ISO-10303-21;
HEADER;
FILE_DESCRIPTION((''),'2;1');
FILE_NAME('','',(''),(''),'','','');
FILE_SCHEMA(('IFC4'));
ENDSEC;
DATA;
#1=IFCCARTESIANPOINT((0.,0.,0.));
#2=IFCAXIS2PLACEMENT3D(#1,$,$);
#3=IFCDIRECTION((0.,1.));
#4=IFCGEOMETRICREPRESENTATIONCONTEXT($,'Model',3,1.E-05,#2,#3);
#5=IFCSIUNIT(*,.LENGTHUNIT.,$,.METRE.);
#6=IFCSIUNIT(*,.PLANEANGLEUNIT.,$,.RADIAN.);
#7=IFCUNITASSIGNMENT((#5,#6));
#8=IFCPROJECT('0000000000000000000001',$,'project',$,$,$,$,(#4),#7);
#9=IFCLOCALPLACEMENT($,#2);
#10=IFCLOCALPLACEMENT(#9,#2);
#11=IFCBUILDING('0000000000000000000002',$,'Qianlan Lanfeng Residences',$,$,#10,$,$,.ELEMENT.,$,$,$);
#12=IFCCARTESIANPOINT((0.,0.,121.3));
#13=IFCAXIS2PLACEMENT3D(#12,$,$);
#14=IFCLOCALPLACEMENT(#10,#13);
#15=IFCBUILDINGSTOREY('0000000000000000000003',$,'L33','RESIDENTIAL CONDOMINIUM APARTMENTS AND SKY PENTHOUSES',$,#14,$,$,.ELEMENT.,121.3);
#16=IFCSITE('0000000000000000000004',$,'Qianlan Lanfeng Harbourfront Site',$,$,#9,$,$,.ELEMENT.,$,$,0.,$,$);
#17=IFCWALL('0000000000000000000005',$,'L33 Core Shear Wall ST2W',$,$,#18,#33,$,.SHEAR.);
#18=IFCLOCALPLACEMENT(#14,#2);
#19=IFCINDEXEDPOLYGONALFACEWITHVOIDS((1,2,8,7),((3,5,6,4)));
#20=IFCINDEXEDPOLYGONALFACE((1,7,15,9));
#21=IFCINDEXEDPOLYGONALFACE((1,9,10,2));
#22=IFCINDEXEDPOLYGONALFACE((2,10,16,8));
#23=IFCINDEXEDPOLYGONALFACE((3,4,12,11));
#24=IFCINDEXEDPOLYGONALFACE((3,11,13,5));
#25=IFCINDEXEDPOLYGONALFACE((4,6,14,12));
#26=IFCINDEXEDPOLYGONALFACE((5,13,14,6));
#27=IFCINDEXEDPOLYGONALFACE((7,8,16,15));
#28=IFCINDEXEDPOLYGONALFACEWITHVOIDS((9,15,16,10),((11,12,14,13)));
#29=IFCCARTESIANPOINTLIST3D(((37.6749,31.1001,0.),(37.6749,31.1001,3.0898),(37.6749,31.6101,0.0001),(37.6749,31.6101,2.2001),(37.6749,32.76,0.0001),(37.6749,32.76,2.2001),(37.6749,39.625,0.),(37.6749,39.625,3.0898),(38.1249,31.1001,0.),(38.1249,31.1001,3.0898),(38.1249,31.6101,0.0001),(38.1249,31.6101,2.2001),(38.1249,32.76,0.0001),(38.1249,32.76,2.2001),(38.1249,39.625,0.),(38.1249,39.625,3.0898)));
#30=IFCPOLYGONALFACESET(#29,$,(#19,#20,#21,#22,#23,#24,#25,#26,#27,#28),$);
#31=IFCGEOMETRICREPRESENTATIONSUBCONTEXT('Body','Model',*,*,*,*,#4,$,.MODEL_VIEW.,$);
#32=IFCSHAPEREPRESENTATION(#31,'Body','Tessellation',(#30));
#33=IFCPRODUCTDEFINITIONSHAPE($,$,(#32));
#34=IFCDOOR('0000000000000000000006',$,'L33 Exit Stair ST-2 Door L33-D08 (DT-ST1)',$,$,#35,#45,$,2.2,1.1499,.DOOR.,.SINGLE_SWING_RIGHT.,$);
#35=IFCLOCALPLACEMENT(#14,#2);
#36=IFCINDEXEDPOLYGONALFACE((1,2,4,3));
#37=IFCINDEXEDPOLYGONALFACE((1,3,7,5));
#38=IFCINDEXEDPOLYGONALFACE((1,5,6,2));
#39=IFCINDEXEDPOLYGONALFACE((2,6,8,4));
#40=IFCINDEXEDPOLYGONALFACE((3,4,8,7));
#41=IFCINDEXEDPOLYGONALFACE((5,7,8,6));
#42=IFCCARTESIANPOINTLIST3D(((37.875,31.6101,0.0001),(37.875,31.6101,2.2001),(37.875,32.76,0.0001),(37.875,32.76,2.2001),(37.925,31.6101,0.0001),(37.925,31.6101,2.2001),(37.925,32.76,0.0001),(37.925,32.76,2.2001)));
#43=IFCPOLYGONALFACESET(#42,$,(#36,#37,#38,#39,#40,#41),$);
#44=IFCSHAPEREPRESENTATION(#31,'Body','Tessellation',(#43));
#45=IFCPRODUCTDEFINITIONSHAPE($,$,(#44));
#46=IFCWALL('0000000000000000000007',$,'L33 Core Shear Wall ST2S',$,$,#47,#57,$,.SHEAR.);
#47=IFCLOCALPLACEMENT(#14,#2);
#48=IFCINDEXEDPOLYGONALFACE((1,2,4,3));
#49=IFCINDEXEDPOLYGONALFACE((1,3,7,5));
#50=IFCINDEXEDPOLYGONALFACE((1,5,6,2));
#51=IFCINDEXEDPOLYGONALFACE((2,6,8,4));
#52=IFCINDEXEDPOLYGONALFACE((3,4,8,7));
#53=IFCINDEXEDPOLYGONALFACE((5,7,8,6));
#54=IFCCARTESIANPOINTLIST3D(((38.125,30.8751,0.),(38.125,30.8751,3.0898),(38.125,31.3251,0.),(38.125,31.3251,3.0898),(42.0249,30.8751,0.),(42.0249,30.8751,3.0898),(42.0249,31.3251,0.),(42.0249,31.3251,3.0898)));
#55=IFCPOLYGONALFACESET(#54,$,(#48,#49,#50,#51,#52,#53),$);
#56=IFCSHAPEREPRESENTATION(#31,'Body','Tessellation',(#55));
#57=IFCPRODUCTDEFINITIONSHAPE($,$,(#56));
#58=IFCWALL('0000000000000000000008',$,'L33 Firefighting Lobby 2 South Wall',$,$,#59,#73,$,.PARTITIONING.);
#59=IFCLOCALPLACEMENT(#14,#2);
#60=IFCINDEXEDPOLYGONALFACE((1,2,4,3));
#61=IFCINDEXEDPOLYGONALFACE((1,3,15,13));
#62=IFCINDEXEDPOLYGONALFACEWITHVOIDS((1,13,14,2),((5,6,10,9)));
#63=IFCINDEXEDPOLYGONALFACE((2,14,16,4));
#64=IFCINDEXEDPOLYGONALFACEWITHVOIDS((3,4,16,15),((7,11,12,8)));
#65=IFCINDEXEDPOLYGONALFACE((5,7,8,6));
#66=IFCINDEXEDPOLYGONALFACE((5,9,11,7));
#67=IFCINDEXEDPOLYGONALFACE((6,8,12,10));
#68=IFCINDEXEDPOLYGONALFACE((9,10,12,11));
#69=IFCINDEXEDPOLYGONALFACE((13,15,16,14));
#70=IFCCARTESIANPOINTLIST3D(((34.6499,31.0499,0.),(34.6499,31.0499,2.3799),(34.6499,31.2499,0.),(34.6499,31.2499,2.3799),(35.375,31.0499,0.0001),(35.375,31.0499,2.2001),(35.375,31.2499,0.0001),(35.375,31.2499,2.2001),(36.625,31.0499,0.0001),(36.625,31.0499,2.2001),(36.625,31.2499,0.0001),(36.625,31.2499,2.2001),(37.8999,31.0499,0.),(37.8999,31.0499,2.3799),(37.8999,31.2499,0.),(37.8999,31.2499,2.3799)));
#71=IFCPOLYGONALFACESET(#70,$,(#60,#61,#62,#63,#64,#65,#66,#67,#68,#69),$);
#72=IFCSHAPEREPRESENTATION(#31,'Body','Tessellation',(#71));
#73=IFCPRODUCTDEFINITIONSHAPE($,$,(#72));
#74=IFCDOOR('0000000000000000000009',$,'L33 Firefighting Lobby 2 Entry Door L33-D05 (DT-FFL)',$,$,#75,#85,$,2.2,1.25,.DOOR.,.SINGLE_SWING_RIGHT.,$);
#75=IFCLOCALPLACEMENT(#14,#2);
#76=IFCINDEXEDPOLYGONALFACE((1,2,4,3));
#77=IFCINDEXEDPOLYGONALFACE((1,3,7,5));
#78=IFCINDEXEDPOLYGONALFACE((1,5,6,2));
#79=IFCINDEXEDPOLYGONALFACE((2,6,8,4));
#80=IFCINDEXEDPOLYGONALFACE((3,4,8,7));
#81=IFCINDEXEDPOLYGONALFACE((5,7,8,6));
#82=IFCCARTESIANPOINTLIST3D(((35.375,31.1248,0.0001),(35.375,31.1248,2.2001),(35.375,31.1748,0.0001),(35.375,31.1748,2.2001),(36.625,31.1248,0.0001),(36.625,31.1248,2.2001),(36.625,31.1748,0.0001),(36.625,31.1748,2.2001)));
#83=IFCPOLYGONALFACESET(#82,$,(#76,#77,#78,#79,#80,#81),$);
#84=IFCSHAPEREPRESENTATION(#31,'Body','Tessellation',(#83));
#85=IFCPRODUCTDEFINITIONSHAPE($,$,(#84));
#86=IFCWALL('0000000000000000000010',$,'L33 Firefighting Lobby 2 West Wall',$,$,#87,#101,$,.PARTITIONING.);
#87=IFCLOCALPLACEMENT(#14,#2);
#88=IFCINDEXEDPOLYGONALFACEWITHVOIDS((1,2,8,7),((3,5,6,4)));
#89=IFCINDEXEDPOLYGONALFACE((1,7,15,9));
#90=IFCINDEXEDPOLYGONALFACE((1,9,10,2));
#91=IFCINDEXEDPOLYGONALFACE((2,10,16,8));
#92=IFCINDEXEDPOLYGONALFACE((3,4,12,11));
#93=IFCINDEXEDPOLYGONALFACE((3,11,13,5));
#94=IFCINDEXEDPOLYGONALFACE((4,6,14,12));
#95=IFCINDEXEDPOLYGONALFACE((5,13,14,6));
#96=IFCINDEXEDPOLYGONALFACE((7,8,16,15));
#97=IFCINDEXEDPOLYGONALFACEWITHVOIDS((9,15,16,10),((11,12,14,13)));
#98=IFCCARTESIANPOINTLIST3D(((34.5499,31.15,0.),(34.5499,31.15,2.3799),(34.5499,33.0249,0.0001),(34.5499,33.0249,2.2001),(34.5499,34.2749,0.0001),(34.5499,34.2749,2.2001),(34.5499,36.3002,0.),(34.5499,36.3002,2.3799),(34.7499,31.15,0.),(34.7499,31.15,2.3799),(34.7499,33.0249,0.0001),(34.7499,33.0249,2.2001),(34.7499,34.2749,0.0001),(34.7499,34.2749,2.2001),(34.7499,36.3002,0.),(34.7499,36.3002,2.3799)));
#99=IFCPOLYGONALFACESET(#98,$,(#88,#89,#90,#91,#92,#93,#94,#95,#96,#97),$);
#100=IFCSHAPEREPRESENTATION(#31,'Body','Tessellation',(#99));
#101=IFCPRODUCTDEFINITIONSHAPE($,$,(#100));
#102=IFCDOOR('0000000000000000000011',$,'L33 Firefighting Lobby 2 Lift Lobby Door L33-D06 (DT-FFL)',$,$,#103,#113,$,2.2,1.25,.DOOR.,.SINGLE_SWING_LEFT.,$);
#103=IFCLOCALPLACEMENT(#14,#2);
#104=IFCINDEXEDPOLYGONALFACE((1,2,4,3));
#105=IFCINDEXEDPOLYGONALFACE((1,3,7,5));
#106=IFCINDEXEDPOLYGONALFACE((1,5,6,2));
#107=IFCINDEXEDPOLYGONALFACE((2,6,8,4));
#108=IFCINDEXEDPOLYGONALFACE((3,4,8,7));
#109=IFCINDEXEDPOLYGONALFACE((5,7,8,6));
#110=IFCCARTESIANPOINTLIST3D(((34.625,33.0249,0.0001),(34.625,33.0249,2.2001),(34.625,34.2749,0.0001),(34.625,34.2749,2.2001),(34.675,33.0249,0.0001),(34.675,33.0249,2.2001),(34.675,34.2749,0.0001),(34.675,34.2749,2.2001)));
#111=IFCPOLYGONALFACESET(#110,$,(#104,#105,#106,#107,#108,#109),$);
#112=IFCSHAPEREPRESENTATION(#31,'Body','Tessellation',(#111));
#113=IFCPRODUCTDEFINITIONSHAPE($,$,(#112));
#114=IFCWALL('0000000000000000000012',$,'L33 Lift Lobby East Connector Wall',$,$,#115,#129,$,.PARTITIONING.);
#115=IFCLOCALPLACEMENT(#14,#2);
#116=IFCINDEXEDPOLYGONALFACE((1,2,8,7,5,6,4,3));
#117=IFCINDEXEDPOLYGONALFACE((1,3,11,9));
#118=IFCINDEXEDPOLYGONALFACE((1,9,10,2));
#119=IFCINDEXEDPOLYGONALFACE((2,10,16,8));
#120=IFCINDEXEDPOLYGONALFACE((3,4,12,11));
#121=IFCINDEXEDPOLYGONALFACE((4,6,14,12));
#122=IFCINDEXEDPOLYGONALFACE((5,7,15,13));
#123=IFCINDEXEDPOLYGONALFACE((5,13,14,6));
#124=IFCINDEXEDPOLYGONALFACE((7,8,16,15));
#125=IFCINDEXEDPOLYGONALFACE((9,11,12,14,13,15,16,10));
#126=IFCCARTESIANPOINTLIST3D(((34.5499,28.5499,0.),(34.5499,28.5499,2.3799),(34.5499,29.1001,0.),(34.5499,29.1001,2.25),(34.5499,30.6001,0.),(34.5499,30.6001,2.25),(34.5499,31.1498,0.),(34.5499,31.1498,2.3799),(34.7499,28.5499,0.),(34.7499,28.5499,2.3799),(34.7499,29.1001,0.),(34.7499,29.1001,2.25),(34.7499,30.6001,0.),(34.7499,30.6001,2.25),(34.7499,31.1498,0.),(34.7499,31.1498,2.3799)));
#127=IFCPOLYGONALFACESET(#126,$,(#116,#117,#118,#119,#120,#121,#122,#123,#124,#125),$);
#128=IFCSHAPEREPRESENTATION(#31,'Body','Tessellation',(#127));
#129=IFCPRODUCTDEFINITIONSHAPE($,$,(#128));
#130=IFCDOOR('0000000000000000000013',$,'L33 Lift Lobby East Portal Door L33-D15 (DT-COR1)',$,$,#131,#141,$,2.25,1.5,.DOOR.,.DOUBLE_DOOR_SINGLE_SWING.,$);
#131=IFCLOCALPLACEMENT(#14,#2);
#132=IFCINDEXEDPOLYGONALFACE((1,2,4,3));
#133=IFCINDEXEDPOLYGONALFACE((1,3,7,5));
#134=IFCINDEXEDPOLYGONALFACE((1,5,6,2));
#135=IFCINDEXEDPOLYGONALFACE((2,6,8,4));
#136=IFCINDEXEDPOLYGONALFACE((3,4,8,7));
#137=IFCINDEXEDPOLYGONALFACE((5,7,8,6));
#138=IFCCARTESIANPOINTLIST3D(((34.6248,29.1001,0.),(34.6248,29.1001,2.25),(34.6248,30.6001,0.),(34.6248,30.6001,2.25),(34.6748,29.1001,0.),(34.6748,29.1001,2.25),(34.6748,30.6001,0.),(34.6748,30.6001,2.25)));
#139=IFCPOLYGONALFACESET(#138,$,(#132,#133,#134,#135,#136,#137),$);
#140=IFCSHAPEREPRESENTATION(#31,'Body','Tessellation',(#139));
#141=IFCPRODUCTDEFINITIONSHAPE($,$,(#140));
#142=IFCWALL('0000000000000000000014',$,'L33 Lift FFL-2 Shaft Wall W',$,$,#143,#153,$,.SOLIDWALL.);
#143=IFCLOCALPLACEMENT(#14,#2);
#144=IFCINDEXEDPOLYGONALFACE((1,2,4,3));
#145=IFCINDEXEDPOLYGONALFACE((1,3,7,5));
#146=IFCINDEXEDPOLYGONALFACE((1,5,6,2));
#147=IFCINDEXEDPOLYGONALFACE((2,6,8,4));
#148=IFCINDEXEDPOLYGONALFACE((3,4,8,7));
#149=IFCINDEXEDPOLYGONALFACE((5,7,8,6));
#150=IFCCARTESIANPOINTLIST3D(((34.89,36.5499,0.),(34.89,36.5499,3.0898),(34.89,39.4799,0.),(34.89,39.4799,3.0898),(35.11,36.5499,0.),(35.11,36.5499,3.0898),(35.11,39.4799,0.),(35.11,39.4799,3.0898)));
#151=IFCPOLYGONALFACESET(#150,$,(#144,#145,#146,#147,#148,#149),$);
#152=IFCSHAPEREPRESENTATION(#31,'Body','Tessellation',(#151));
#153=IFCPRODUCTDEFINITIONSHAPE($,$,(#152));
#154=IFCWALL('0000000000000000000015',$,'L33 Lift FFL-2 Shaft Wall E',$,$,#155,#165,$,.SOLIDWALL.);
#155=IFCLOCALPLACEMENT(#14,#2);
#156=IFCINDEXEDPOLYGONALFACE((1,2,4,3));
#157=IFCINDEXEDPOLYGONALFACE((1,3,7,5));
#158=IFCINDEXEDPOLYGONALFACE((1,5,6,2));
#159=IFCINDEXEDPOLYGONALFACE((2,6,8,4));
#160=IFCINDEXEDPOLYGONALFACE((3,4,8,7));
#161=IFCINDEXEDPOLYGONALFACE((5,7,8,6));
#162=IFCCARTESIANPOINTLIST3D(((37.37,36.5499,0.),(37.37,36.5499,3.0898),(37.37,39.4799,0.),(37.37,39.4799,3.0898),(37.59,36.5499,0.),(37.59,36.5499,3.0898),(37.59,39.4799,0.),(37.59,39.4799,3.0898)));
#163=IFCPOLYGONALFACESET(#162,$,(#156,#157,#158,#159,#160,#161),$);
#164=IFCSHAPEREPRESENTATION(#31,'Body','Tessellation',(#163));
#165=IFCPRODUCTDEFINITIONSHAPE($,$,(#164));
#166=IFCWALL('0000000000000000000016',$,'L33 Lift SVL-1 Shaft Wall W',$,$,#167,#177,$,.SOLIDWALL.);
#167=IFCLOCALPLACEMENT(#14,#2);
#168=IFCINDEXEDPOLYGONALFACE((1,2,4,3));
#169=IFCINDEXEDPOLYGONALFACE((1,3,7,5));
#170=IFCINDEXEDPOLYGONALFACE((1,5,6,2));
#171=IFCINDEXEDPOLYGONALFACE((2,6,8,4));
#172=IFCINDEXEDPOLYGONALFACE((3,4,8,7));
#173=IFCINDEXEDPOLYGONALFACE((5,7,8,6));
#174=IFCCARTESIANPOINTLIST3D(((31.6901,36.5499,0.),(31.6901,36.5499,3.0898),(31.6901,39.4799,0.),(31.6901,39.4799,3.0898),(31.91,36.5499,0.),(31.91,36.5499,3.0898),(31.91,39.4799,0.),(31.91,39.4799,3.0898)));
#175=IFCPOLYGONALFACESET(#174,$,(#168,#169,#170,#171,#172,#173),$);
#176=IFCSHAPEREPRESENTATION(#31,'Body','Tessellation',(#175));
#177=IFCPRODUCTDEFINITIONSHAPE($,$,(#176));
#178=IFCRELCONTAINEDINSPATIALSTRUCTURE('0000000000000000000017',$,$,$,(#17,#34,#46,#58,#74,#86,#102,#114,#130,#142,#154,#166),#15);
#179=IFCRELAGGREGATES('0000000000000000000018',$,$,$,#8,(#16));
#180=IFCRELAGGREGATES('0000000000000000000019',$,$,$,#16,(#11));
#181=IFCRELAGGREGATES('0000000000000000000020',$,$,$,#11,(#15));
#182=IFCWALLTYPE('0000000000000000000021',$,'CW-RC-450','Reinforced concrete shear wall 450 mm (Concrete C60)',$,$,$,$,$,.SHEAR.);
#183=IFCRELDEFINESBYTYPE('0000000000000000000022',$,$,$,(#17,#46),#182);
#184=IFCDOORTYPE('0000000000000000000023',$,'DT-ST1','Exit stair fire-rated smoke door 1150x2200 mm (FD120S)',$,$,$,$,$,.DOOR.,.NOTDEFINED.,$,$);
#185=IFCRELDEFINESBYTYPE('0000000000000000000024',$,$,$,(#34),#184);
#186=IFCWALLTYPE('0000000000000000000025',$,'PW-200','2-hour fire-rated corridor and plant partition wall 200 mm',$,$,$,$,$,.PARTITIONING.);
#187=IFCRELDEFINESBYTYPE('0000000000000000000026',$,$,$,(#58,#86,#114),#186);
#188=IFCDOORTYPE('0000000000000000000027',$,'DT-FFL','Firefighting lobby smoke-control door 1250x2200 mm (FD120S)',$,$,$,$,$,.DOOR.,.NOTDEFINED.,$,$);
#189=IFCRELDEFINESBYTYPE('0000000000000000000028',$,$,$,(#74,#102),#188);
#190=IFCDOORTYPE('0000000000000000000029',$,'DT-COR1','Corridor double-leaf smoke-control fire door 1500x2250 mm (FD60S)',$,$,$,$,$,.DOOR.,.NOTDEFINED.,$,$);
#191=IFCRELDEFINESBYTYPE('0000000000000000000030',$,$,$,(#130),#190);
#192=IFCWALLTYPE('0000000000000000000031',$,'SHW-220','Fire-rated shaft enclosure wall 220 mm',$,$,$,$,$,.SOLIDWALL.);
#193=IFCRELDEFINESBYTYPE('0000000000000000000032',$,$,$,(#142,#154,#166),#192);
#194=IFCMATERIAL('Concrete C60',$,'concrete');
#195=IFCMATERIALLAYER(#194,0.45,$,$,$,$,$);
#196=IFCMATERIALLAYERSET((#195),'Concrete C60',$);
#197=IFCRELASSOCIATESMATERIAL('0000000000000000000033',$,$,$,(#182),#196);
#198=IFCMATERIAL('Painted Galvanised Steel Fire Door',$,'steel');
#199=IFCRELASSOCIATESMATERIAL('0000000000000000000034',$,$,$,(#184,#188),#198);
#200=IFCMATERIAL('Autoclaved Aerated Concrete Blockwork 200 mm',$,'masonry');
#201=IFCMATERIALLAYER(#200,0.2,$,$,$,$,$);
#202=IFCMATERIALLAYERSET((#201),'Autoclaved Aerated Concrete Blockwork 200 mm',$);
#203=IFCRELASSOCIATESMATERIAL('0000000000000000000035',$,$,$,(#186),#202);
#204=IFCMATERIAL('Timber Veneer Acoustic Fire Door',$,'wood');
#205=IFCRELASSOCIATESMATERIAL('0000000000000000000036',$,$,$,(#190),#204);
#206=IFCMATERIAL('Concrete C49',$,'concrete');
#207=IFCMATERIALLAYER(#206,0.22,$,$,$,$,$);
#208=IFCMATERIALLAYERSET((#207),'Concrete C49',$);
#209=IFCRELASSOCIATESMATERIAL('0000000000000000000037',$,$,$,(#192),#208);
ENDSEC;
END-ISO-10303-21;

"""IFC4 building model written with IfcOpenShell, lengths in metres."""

from ifc_helpers import new_model, si_unit, direction, frame, frame_2d, origin, place, context, subcontext, project, spatial, rectangle, extrude, material, layer, layer_set, type_object, element, fill, save


model = new_model("IFC4")

# Units and contexts
model_context = context("Model", 3, precision=1e-05, world=origin(), true_north=direction((0.0, 1.0)))
body_context = subcontext(model_context, "Body", "Model", "MODEL_VIEW")
ifc_project = project(units=[si_unit("LENGTHUNIT", "METRE"), si_unit("PLANEANGLEUNIT", "RADIAN")], contexts=[model_context])

# Site, building, storey
site_placement = place(None, origin())
site = spatial("IfcSite", under=ifc_project, at=site_placement, Name="Qianlan Lanfeng Harbourfront Site", CompositionType="ELEMENT", RefElevation=0.0)
building_placement = place(site_placement, origin())
building = spatial("IfcBuilding", under=site, at=building_placement, Name="Qianlan Lanfeng Residences", CompositionType="ELEMENT")
storey_placement = place(building_placement, frame((0.0, 0.0, 121.3)))
storey = spatial("IfcBuildingStorey", under=building, at=storey_placement, Name="L33", Description="RESIDENTIAL CONDOMINIUM APARTMENTS AND SKY PENTHOUSES", CompositionType="ELEMENT", Elevation=121.3)

# Wall, opening, door
ifc_material_1 = material(Name="Concrete C60", Category="concrete")
ifc_layer_1 = layer(ifc_material_1, 0.45)
ifc_layer_set_1 = layer_set([ifc_layer_1], Name="Concrete C60")
wall_type_1 = type_object("IfcWallType", Name="CW-RC-450", Description="Reinforced concrete shear wall 450 mm (Concrete C60)", PredefinedType="SHEAR", material=ifc_layer_set_1)
wall_1_placement = place(storey_placement, frame((37.8999, 31.1001, 0.0), z_axis=(0.0, 0.0, 1.0), x_axis=(0.0, 1.0, 0.0)))
wall_1 = element("IfcWall", 1, at=wall_1_placement, inside=storey, type_object=wall_type_1, Name="L33 Core Shear Wall ST2W", PredefinedType="SHEAR", context=body_context, shape_type="SweptSolid", body=[
    extrude(rectangle(XDim=8.5249, YDim=0.45, at=frame_2d((4.2625, 0.0))), origin(), (0.0, 0.0, 1.0), 3.0898),
])
opening_1_placement = place(wall_1_placement, frame((0.51, 0.0, 0.0)))
opening_1 = element("IfcOpeningElement", 2, at=opening_1_placement, cuts=wall_1, PredefinedType="OPENING", context=body_context, shape_type="SweptSolid", body=[
    extrude(rectangle(XDim=1.1499, YDim=2.2, at=frame_2d((0.575, 1.1001))), frame((0.0, 0.2349, 0.0), z_axis=(0.0, -1.0, 0.0), x_axis=(1.0, 0.0, 0.0)), (0.0, 0.0, 1.0), 0.47),
])
ifc_material_2 = material(Name="Painted Galvanised Steel Fire Door", Category="steel")
door_type_1 = type_object("IfcDoorType", Name="DT-ST1", Description="Exit stair fire-rated smoke door 1150x2200 mm (FD120S)", OperationType="NOTDEFINED", PredefinedType="DOOR", material=ifc_material_2)
door_1_placement = place(opening_1_placement, origin())
door_1 = element("IfcDoor", 3, at=door_1_placement, inside=storey, type_object=door_type_1, Name="L33 Exit Stair ST-2 Door L33-D08 (DT-ST1)", OperationType="SINGLE_SWING_RIGHT", OverallHeight=2.2, OverallWidth=1.1499, PredefinedType="DOOR", context=body_context, shape_type="SweptSolid", body=[
    extrude(rectangle(XDim=1.1499, YDim=2.2, at=frame_2d((0.575, 1.1001))), frame((0.0, 0.0249, 0.0), z_axis=(0.0, -1.0, 0.0), x_axis=(1.0, 0.0, 0.0)), (0.0, 0.0, 1.0), 0.05),
])
fill(opening_1, door_1)

# Wall
wall_2_placement = place(storey_placement, frame((38.125, 31.1001, 0.0), z_axis=(0.0, 0.0, 1.0), x_axis=(1.0, 0.0, 0.0)))
element("IfcWall", 4, at=wall_2_placement, inside=storey, type_object=wall_type_1, Name="L33 Core Shear Wall ST2S", PredefinedType="SHEAR", context=body_context, shape_type="SweptSolid", body=[
    extrude(rectangle(XDim=3.8999, YDim=0.45, at=frame_2d((1.95, 0.0))), origin(), (0.0, 0.0, 1.0), 3.0898),
])

# Walls, openings, doors
ifc_material_3 = material(Name="Autoclaved Aerated Concrete Blockwork 200 mm", Category="masonry")
ifc_layer_2 = layer(ifc_material_3, 0.2)
ifc_layer_set_2 = layer_set([ifc_layer_2], Name="Autoclaved Aerated Concrete Blockwork 200 mm")
wall_type_2 = type_object("IfcWallType", Name="PW-200", Description="2-hour fire-rated corridor and plant partition wall 200 mm", PredefinedType="PARTITIONING", material=ifc_layer_set_2)
wall_3_placement = place(storey_placement, frame((34.6499, 31.1499, 0.0), z_axis=(0.0, 0.0, 1.0), x_axis=(1.0, 0.0, 0.0)))
wall_3 = element("IfcWall", 5, at=wall_3_placement, inside=storey, type_object=wall_type_2, Name="L33 Firefighting Lobby 2 South Wall", PredefinedType="PARTITIONING", context=body_context, shape_type="SweptSolid", body=[
    extrude(rectangle(XDim=3.25, YDim=0.2, at=frame_2d((1.625, 0.0))), origin(), (0.0, 0.0, 1.0), 2.3799),
])
opening_2_placement = place(wall_3_placement, frame((0.7251, 0.0, 0.0)))
opening_2 = element("IfcOpeningElement", 6, at=opening_2_placement, cuts=wall_3, PredefinedType="OPENING", context=body_context, shape_type="SweptSolid", body=[
    extrude(rectangle(XDim=1.25, YDim=2.2, at=frame_2d((0.625, 1.1001))), frame((0.0, 0.1099, 0.0), z_axis=(0.0, -1.0, 0.0), x_axis=(1.0, 0.0, 0.0)), (0.0, 0.0, 1.0), 0.22),
])
door_type_2 = type_object("IfcDoorType", Name="DT-FFL", Description="Firefighting lobby smoke-control door 1250x2200 mm (FD120S)", OperationType="NOTDEFINED", PredefinedType="DOOR", material=ifc_material_2)
door_2_placement = place(opening_2_placement, origin())
door_2 = element("IfcDoor", 7, at=door_2_placement, inside=storey, type_object=door_type_2, Name="L33 Firefighting Lobby 2 Entry Door L33-D05 (DT-FFL)", OperationType="SINGLE_SWING_RIGHT", OverallHeight=2.2, OverallWidth=1.25, PredefinedType="DOOR", context=body_context, shape_type="SweptSolid", body=[
    extrude(rectangle(XDim=1.25, YDim=2.2, at=frame_2d((0.625, 1.1001))), frame((0.0, 0.0249, 0.0), z_axis=(0.0, -1.0, 0.0), x_axis=(1.0, 0.0, 0.0)), (0.0, 0.0, 1.0), 0.05),
])
fill(opening_2, door_2)
wall_4_placement = place(storey_placement, frame((34.6499, 31.1499, 0.0), z_axis=(0.0, 0.0, 1.0), x_axis=(0.0, 1.0, 0.0)))
wall_4 = element("IfcWall", 8, at=wall_4_placement, inside=storey, type_object=wall_type_2, Name="L33 Firefighting Lobby 2 West Wall", PredefinedType="PARTITIONING", context=body_context, shape_type="SweptSolid", body=[
    extrude(rectangle(XDim=5.1501, YDim=0.2, at=frame_2d((2.5752, 0.0))), origin(), (0.0, 0.0, 1.0), 2.3799),
])
opening_3_placement = place(wall_4_placement, frame((1.875, 0.0, 0.0)))
opening_3 = element("IfcOpeningElement", 9, at=opening_3_placement, cuts=wall_4, PredefinedType="OPENING", context=body_context, shape_type="SweptSolid", body=[
    extrude(rectangle(XDim=1.25, YDim=2.2, at=frame_2d((0.625, 1.1001))), frame((0.0, 0.1099, 0.0), z_axis=(0.0, -1.0, 0.0), x_axis=(1.0, 0.0, 0.0)), (0.0, 0.0, 1.0), 0.22),
])
door_3_placement = place(opening_3_placement, origin())
door_3 = element("IfcDoor", 10, at=door_3_placement, inside=storey, type_object=door_type_2, Name="L33 Firefighting Lobby 2 Lift Lobby Door L33-D06 (DT-FFL)", OperationType="SINGLE_SWING_LEFT", OverallHeight=2.2, OverallWidth=1.25, PredefinedType="DOOR", context=body_context, shape_type="SweptSolid", body=[
    extrude(rectangle(XDim=1.25, YDim=2.2, at=frame_2d((0.625, 1.1001))), frame((0.0, 0.0249, 0.0), z_axis=(0.0, -1.0, 0.0), x_axis=(1.0, 0.0, 0.0)), (0.0, 0.0, 1.0), 0.05),
])
fill(opening_3, door_3)
wall_5_placement = place(storey_placement, frame((34.6499, 28.55, 0.0), z_axis=(0.0, 0.0, 1.0), x_axis=(0.0, 1.0, 0.0)))
wall_5 = element("IfcWall", 11, at=wall_5_placement, inside=storey, type_object=wall_type_2, Name="L33 Lift Lobby East Connector Wall", PredefinedType="PARTITIONING", context=body_context, shape_type="SweptSolid", body=[
    extrude(rectangle(XDim=2.5999, YDim=0.2, at=frame_2d((1.2998, 0.0))), origin(), (0.0, 0.0, 1.0), 2.3799),
])
opening_4_placement = place(wall_5_placement, frame((0.55, 0.0, 0.0)))
opening_4 = element("IfcOpeningElement", 12, at=opening_4_placement, cuts=wall_5, PredefinedType="OPENING", context=body_context, shape_type="SweptSolid", body=[
    extrude(rectangle(XDim=1.5, YDim=2.25, at=frame_2d((0.75, 1.125))), frame((0.0, 0.1099, 0.0), z_axis=(0.0, -1.0, 0.0), x_axis=(1.0, 0.0, 0.0)), (0.0, 0.0, 1.0), 0.22),
])
ifc_material_4 = material(Name="Timber Veneer Acoustic Fire Door", Category="wood")
door_type_3 = type_object("IfcDoorType", Name="DT-COR1", Description="Corridor double-leaf smoke-control fire door 1500x2250 mm (FD60S)", OperationType="NOTDEFINED", PredefinedType="DOOR", material=ifc_material_4)
door_4_placement = place(opening_4_placement, frame((1.5, 0.0, 0.0), z_axis=(0.0, 0.0, 1.0), x_axis=(-1.0, 0.0, 0.0)))
door_4 = element("IfcDoor", 13, at=door_4_placement, inside=storey, type_object=door_type_3, Name="L33 Lift Lobby East Portal Door L33-D15 (DT-COR1)", OperationType="DOUBLE_DOOR_SINGLE_SWING", OverallHeight=2.25, OverallWidth=1.5, PredefinedType="DOOR", context=body_context, shape_type="SweptSolid", body=[
    extrude(rectangle(XDim=1.5, YDim=2.25, at=frame_2d((0.75, 1.125))), frame((0.0, 0.0249, 0.0), z_axis=(0.0, -1.0, 0.0), x_axis=(1.0, 0.0, 0.0)), (0.0, 0.0, 1.0), 0.05),
])
fill(opening_4, door_4)

# Walls
ifc_material_5 = material(Name="Concrete C49", Category="concrete")
ifc_layer_3 = layer(ifc_material_5, 0.22)
ifc_layer_set_3 = layer_set([ifc_layer_3], Name="Concrete C49")
wall_type_3 = type_object("IfcWallType", Name="SHW-220", Description="Fire-rated shaft enclosure wall 220 mm", PredefinedType="SOLIDWALL", material=ifc_layer_set_3)
for number, where, z_axis, x_axis, name in (
    (14, (35.0, 36.55, 0.0), (0.0, 0.0, 1.0), (0.0, 1.0, 0.0), "L33 Lift FFL-2 Shaft Wall W"),
    (15, (37.48, 36.55, 0.0), (0.0, 0.0, 1.0), (0.0, 1.0, 0.0), "L33 Lift FFL-2 Shaft Wall E"),
    (16, (31.8, 36.55, 0.0), (0.0, 0.0, 1.0), (0.0, 1.0, 0.0), "L33 Lift SVL-1 Shaft Wall W"),
):
    element("IfcWall", number, at=place(storey_placement, frame(where, z_axis=z_axis, x_axis=x_axis)), inside=storey, type_object=wall_type_3, Name=name, PredefinedType="SOLIDWALL", context=body_context, shape_type="SweptSolid", body=[
        extrude(rectangle(XDim=2.9299, YDim=0.22, at=frame_2d((1.4648, 0.0))), origin(), (0.0, 0.0, 1.0), 3.0898),
    ])

save(model, "model.ifc")
